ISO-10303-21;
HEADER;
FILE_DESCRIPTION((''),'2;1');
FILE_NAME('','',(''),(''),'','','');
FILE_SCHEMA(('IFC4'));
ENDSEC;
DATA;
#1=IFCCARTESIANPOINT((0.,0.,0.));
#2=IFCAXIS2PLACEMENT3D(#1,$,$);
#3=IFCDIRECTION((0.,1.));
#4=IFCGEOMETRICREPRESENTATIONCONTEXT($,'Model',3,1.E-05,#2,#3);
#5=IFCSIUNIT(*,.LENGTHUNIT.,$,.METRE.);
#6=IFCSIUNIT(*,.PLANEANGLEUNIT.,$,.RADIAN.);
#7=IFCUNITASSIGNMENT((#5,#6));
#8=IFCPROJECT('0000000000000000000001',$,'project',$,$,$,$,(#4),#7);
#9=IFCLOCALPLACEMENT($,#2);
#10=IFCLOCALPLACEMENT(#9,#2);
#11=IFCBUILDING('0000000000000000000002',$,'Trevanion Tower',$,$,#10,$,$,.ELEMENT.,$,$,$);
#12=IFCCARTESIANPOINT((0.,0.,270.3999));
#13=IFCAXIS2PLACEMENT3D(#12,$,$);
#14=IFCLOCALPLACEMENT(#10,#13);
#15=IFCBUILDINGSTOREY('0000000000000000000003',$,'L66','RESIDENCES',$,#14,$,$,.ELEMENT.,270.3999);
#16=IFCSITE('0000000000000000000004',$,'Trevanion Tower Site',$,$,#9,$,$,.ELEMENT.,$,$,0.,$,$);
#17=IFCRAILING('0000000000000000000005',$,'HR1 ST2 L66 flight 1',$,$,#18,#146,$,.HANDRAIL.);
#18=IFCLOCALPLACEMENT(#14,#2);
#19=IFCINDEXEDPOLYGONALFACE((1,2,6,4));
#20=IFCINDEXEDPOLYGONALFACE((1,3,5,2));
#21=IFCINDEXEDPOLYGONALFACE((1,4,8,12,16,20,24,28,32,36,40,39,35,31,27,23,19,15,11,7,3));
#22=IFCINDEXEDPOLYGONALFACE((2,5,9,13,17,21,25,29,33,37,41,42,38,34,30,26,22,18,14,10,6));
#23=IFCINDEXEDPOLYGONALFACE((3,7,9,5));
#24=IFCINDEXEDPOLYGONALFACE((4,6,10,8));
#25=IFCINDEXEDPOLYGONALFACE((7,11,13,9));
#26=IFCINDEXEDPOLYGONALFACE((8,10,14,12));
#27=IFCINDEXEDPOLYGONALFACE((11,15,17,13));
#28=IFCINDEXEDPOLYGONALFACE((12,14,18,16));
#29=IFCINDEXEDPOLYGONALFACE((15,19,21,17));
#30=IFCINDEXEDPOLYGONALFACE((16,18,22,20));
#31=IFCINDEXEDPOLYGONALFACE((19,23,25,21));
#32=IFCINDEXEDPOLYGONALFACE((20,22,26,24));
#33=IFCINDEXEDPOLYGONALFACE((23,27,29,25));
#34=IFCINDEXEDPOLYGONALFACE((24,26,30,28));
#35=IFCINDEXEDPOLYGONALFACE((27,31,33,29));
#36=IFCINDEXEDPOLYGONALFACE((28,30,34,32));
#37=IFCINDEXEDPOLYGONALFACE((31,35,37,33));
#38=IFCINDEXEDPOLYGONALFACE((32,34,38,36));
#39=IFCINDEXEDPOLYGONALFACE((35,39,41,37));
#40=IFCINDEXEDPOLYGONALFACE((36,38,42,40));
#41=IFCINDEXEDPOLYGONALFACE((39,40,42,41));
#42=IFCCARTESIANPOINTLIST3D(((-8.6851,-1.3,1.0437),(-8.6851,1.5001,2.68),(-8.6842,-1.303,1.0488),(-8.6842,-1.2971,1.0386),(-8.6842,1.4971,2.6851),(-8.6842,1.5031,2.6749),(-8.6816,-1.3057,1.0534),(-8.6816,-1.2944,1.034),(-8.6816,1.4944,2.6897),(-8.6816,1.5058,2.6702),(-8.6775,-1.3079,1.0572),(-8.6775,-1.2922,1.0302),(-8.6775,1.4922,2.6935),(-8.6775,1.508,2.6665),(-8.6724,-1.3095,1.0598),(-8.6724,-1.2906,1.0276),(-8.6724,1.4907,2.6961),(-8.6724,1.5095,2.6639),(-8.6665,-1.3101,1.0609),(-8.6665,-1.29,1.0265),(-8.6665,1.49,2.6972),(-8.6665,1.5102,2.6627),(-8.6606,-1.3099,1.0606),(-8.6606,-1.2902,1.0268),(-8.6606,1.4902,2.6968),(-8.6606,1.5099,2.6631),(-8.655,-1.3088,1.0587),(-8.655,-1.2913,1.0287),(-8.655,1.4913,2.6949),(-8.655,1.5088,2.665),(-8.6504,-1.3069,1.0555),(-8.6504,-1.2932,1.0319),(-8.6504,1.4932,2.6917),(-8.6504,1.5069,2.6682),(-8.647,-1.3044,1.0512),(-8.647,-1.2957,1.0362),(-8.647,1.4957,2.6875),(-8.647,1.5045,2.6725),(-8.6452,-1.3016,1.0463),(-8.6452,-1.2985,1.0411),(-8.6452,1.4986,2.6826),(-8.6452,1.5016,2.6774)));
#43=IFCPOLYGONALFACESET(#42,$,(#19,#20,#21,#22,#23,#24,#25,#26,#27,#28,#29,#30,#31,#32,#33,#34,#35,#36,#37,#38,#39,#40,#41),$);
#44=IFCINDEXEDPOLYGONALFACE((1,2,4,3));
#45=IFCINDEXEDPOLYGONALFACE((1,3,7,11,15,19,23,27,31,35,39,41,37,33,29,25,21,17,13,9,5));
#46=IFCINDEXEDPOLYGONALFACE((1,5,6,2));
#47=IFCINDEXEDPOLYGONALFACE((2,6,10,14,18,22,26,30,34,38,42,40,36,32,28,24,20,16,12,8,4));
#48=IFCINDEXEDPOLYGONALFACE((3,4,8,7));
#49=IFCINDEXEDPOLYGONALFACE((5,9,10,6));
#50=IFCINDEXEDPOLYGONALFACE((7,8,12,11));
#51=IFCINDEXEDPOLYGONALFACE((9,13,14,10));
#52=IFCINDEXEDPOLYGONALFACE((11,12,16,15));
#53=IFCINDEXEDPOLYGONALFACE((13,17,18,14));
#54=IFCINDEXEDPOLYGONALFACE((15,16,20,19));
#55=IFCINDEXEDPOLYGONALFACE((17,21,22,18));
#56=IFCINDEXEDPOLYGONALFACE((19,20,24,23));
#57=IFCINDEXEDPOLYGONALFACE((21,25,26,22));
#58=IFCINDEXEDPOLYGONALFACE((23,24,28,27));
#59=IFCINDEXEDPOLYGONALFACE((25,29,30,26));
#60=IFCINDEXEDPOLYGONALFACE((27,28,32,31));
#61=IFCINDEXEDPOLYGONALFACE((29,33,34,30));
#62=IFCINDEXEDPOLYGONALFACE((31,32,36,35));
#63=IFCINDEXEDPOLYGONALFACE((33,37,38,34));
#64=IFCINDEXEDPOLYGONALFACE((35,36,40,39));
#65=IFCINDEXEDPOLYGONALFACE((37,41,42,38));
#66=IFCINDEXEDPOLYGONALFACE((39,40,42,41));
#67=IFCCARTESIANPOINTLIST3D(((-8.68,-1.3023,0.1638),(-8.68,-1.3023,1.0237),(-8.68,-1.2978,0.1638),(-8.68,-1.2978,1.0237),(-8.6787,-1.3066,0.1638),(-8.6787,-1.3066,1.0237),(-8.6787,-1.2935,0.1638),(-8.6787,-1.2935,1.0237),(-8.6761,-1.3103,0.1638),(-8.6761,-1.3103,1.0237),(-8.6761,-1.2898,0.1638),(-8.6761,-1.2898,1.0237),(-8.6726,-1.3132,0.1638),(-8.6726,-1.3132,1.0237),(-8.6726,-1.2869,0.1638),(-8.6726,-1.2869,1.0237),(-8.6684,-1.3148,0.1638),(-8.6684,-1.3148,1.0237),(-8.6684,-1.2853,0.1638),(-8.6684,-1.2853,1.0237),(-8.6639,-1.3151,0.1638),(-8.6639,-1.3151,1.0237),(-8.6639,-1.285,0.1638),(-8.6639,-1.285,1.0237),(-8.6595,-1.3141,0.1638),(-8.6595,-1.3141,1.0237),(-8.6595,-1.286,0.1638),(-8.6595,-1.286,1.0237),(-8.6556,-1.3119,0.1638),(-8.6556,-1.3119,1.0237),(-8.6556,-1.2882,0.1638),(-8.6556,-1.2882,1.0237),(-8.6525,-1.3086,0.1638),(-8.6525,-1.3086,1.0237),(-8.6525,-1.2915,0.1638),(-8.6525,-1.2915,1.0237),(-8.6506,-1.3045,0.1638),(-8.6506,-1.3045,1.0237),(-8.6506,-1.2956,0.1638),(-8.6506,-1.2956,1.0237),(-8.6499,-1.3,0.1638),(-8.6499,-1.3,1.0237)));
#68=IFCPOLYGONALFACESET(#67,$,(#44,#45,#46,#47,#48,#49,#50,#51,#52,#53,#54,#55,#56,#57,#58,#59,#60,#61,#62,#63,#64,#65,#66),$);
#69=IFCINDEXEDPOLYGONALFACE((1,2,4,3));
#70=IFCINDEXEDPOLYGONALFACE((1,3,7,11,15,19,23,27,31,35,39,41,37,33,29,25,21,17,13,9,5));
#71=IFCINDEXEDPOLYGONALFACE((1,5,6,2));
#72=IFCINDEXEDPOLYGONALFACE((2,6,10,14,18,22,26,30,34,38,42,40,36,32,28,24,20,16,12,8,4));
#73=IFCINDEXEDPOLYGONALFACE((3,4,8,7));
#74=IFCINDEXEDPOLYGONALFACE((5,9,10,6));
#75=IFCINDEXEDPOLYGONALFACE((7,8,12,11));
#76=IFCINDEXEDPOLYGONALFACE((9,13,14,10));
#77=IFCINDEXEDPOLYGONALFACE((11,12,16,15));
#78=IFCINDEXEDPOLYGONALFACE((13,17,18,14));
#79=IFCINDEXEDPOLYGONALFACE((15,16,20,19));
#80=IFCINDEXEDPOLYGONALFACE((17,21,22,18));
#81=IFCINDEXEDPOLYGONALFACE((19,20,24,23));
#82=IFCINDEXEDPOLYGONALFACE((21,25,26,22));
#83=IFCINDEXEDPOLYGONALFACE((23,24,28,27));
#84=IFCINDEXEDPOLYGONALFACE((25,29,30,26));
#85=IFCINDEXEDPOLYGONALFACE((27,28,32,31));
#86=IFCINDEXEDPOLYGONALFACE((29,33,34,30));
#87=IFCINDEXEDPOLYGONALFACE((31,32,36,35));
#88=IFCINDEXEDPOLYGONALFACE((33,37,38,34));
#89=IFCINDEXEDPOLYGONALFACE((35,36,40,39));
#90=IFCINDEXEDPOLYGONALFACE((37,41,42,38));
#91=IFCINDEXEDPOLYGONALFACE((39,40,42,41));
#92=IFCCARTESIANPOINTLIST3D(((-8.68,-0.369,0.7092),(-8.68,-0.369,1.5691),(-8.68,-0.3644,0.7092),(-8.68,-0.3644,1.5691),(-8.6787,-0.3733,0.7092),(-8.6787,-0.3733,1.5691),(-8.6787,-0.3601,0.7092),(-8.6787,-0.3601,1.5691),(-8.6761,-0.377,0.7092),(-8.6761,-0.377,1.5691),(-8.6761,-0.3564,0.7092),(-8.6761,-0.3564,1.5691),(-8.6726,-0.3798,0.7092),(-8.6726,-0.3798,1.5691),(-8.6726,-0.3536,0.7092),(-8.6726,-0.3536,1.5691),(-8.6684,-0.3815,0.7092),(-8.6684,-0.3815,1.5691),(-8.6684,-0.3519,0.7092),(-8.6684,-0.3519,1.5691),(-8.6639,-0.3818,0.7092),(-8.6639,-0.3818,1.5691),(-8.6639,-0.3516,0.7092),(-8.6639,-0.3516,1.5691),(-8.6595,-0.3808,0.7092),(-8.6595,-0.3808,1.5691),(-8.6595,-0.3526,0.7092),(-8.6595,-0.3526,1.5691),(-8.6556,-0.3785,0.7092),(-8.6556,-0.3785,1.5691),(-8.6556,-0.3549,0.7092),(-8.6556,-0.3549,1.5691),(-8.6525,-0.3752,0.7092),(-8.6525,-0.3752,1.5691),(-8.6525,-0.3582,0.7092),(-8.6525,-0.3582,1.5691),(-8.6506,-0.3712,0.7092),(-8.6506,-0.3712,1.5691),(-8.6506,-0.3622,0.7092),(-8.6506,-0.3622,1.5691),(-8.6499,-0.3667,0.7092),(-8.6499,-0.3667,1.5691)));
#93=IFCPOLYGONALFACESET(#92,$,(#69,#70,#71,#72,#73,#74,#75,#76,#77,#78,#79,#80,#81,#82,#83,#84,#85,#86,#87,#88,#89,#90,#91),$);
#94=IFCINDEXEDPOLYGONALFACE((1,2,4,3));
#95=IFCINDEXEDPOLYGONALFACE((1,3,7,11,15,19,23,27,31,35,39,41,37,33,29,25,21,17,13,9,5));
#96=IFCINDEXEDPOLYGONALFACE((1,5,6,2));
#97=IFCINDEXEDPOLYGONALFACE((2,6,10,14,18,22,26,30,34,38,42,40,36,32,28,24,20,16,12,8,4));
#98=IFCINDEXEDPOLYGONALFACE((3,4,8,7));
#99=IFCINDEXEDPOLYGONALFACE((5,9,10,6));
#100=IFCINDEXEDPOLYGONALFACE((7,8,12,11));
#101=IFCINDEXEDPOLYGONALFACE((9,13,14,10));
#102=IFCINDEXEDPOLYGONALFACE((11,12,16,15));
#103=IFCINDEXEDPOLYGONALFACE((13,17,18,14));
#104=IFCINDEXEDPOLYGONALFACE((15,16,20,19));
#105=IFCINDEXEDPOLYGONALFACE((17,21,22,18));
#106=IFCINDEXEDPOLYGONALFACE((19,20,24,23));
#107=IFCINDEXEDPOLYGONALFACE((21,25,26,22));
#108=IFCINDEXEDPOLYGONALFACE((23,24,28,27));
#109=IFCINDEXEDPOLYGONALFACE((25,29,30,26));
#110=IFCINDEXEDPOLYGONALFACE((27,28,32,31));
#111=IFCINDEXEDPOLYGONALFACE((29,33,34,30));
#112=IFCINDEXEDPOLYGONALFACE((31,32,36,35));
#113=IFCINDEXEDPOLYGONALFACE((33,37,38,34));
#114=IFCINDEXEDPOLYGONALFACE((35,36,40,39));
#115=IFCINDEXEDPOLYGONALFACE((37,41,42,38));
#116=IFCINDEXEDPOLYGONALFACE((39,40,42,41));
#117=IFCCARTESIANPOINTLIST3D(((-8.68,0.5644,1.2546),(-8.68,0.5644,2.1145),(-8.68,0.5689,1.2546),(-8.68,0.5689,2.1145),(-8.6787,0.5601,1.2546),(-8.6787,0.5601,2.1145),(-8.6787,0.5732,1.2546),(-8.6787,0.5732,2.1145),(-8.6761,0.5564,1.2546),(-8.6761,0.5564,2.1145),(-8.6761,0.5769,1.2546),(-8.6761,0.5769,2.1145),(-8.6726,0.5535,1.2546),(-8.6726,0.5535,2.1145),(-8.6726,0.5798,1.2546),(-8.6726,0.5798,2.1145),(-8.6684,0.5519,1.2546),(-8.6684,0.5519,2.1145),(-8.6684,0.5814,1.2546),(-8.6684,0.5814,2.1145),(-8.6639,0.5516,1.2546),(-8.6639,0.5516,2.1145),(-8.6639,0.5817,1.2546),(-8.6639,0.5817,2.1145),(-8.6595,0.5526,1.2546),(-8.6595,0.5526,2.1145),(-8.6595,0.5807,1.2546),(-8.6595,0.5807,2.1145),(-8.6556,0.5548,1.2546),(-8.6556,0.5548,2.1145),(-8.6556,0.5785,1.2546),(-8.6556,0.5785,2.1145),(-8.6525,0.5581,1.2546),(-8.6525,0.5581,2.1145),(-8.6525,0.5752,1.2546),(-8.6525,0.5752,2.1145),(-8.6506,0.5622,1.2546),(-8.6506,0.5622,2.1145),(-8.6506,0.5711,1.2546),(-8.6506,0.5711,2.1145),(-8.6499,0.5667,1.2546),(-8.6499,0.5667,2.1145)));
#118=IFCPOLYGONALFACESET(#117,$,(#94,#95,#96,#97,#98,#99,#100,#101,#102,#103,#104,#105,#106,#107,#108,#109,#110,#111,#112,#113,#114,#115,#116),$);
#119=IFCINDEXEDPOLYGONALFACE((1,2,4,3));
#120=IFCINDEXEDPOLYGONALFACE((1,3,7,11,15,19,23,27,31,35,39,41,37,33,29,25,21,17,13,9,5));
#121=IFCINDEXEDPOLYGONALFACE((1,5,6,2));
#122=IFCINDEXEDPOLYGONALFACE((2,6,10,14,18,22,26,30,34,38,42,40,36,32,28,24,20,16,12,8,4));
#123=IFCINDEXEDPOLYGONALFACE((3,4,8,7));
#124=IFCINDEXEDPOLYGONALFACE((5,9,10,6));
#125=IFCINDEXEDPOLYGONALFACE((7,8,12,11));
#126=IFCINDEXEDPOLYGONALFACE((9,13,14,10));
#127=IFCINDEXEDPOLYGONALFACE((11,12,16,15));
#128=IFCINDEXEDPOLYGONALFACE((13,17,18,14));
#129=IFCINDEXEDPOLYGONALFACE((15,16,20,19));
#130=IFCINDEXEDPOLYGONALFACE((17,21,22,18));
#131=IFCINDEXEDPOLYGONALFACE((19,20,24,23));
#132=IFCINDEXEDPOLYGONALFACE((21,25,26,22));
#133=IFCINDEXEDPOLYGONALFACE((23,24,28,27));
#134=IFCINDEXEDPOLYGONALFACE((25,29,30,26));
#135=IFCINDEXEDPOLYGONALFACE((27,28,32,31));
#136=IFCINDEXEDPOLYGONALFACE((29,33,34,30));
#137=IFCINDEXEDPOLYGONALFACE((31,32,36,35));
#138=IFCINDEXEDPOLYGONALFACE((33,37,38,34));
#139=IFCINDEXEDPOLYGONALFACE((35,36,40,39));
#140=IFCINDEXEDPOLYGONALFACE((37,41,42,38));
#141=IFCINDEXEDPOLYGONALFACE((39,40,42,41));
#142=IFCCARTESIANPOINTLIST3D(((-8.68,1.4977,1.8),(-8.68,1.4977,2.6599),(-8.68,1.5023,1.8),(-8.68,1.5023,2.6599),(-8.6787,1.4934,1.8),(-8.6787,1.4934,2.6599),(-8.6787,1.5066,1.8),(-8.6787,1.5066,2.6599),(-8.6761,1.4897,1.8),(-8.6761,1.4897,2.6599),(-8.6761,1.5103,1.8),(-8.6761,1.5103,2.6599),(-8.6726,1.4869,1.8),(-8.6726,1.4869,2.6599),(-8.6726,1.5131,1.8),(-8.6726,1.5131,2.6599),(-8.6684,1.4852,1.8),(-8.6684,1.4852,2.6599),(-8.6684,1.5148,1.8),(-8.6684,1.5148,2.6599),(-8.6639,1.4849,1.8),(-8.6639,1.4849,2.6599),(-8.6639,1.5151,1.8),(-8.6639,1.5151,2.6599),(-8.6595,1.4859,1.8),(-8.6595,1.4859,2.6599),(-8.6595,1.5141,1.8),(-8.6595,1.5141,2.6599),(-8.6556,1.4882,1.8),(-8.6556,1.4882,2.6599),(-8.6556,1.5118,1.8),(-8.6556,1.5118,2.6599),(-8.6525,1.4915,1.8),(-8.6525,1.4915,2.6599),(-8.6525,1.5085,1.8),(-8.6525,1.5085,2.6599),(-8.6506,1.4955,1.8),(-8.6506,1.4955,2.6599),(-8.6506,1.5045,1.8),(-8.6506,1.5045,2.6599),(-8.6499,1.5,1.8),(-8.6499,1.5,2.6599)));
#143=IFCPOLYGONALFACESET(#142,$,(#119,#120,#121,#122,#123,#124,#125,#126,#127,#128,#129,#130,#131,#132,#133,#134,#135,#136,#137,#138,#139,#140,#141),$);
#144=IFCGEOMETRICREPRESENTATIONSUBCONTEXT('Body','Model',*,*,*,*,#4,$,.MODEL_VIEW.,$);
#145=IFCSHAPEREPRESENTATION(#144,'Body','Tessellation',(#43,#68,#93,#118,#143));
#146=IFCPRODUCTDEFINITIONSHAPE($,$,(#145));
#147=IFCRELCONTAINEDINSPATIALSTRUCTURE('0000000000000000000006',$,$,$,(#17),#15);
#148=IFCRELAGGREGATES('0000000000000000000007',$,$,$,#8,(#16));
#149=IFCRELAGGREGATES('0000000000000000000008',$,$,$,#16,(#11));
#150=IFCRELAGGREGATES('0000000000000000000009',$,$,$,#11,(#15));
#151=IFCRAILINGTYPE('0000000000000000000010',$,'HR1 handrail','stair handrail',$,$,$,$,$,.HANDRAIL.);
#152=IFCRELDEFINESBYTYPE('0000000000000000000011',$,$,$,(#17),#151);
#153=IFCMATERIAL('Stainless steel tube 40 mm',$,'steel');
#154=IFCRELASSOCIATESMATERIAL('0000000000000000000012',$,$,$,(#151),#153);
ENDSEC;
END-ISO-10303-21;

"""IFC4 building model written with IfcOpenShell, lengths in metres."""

from ifc_helpers import new_model, si_unit, direction, frame, origin, origin_2d, place, context, subcontext, project, spatial, circle, extrude, material, type_object, element, save


model = new_model("IFC4")

# Units and contexts
model_context = context("Model", 3, precision=1e-05, world=origin(), true_north=direction((0.0, 1.0)))
body_context = subcontext(model_context, "Body", "Model", "MODEL_VIEW")
ifc_project = project(units=[si_unit("LENGTHUNIT", "METRE"), si_unit("PLANEANGLEUNIT", "RADIAN")], contexts=[model_context])

# Site, building, storey
site_placement = place(None, origin())
site = spatial("IfcSite", under=ifc_project, at=site_placement, Name="Trevanion Tower Site", CompositionType="ELEMENT", RefElevation=0.0)
building_placement = place(site_placement, origin())
building = spatial("IfcBuilding", under=site, at=building_placement, Name="Trevanion Tower", CompositionType="ELEMENT")
storey_placement = place(building_placement, frame((0.0, 0.0, 270.3999)))
storey = spatial("IfcBuildingStorey", under=building, at=storey_placement, Name="L66", Description="RESIDENCES", CompositionType="ELEMENT", Elevation=270.3999)

# Railing
ifc_material_1 = material(Name="Stainless steel tube 40 mm", Category="steel")
railing_type = type_object("IfcRailingType", Name="HR1 handrail", Description="stair handrail", PredefinedType="HANDRAIL", material=ifc_material_1)
for number, where, name in (
    (1, (-8.665, -1.3, 0.1638), "HR1 ST2 L66 flight 1"),
):
    element("IfcRailing", number, at=place(storey_placement, frame(where)), inside=storey, type_object=railing_type, Name=name, PredefinedType="HANDRAIL", context=body_context, shape_type="SweptSolid", body=[
        extrude(circle(Radius=0.02, at=origin_2d()), frame((0.0, 0.0, 0.8799), z_axis=(0.0, 0.863394, 0.504531), x_axis=(-1.0, 0.0, 0.0)), (0.0, 0.0, 1.0), 3.2432),
        extrude(circle(Radius=0.0151, at=origin_2d()), origin(), (0.0, 0.0, 1.0), 0.8599),
        extrude(circle(Radius=0.0151, at=origin_2d()), frame((0.0, 0.9333, 0.5454)), (0.0, 0.0, 1.0), 0.8599),
        extrude(circle(Radius=0.0151, at=origin_2d()), frame((0.0, 1.8667, 1.0908)), (0.0, 0.0, 1.0), 0.8599),
        extrude(circle(Radius=0.0151, at=origin_2d()), frame((0.0, 2.8, 1.6362)), (0.0, 0.0, 1.0), 0.8599),
    ])

save(model, "model.ifc")
